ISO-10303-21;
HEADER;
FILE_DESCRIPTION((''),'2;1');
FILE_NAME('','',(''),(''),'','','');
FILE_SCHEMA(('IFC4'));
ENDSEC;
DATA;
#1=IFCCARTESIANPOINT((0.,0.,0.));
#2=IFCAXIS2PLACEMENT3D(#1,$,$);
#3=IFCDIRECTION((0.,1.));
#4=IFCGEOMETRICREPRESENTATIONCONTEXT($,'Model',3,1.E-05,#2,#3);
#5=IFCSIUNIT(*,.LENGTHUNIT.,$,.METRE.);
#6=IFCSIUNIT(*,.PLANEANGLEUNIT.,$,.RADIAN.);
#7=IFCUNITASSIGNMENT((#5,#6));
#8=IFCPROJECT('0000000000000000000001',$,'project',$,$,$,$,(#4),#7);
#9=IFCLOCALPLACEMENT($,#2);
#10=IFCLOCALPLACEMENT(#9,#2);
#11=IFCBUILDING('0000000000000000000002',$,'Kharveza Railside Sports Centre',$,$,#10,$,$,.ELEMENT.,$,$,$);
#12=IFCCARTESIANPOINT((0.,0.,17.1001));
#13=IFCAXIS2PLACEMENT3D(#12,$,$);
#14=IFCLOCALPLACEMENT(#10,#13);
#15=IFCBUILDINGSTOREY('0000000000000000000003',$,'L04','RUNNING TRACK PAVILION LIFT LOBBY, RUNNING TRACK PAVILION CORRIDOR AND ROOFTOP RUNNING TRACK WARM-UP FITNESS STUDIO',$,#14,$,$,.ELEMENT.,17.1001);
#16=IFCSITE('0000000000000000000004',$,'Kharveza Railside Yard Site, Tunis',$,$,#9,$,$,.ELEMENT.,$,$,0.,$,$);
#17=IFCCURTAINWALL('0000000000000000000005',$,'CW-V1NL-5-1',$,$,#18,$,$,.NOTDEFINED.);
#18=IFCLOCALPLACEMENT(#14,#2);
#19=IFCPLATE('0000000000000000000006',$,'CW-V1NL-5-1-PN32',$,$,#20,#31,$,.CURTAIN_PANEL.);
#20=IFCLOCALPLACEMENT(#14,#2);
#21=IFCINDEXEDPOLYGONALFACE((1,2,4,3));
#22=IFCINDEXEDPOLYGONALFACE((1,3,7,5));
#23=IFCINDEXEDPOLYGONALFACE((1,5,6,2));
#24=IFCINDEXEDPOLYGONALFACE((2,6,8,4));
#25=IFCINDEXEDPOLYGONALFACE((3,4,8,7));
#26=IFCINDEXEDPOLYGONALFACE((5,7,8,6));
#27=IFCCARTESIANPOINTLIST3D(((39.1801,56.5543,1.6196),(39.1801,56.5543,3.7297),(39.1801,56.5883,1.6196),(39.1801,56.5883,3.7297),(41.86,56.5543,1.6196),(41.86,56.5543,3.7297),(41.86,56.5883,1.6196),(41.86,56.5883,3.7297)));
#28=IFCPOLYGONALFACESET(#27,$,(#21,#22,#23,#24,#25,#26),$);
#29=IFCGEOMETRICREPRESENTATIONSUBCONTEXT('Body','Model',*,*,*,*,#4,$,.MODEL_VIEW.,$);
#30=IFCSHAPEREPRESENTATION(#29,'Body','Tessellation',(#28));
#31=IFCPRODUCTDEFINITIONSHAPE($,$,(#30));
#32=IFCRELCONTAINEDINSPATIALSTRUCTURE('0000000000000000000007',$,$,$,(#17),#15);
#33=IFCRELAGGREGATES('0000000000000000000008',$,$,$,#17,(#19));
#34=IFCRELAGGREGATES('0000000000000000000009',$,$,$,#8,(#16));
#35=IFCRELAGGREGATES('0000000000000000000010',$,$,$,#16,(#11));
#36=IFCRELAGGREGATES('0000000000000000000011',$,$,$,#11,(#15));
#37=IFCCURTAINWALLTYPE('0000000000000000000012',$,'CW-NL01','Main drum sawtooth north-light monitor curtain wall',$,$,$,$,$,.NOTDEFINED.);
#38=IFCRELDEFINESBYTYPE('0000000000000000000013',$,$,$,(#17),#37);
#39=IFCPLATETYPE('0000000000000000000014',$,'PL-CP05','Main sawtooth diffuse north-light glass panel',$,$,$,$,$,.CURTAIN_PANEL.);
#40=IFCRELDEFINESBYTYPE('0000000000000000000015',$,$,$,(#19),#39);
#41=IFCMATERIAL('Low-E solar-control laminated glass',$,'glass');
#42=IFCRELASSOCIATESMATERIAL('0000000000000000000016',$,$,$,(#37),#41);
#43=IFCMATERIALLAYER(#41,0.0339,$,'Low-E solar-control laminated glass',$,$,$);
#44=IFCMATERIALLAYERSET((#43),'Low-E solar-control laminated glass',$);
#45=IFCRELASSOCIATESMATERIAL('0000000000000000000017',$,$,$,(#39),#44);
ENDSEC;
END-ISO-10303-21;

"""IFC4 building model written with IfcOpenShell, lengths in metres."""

from ifc_helpers import new_model, si_unit, direction, frame, origin, origin_2d, place, context, subcontext, project, spatial, rectangle, extrude, material, layer, layer_set, type_object, element, aggregate, save


model = new_model("IFC4")

# Units and contexts
model_context = context("Model", 3, precision=1e-05, world=origin(), true_north=direction((0.0, 1.0)))
body_context = subcontext(model_context, "Body", "Model", "MODEL_VIEW")
ifc_project = project(units=[si_unit("LENGTHUNIT", "METRE"), si_unit("PLANEANGLEUNIT", "RADIAN")], contexts=[model_context])

# Site, building, storey
site_placement = place(None, origin())
site = spatial("IfcSite", under=ifc_project, at=site_placement, Name="Kharveza Railside Yard Site, Tunis", CompositionType="ELEMENT", RefElevation=0.0)
building_placement = place(site_placement, origin())
building = spatial("IfcBuilding", under=site, at=building_placement, Name="Kharveza Railside Sports Centre", CompositionType="ELEMENT")
storey_placement = place(building_placement, frame((0.0, 0.0, 17.1001)))
storey = spatial("IfcBuildingStorey", under=building, at=storey_placement, Name="L04", Description="RUNNING TRACK PAVILION LIFT LOBBY, RUNNING TRACK PAVILION CORRIDOR AND ROOFTOP RUNNING TRACK WARM-UP FITNESS STUDIO", CompositionType="ELEMENT", Elevation=17.1001)

# Curtain wall
ifc_material_1 = material(Name="Low-E solar-control laminated glass", Category="glass")
curtain_wall_type = type_object("IfcCurtainWallType", Name="CW-NL01", Description="Main drum sawtooth north-light monitor curtain wall", PredefinedType="NOTDEFINED", material=ifc_material_1)
curtain_wall_1_placement = place(storey_placement, origin())
curtain_wall_1 = element("IfcCurtainWall", 1, at=curtain_wall_1_placement, inside=storey, type_object=curtain_wall_type, Name="CW-V1NL-5-1", PredefinedType="NOTDEFINED")

# Plate
ifc_layer = layer(ifc_material_1, 0.0339, Name="Low-E solar-control laminated glass")
ifc_layer_set = layer_set([ifc_layer], Name="Low-E solar-control laminated glass")
plate_type = type_object("IfcPlateType", Name="PL-CP05", Description="Main sawtooth diffuse north-light glass panel", PredefinedType="CURTAIN_PANEL", material=ifc_layer_set)
plate_1_placement = place(storey_placement, frame((40.52, 56.5713, 1.6196), z_axis=(0.0, 0.0, 1.0), x_axis=(1.0, 0.0, 0.0)))
plate_1 = element("IfcPlate", 2, at=plate_1_placement, type_object=plate_type, Name="CW-V1NL-5-1-PN32", PredefinedType="CURTAIN_PANEL", context=body_context, shape_type="SweptSolid", body=[
    extrude(rectangle(XDim=2.6799, YDim=0.0339, at=origin_2d()), origin(), (0.0, 0.0, 1.0), 2.1101),
])
aggregate(curtain_wall_1, [plate_1])

save(model, "model.ifc")
